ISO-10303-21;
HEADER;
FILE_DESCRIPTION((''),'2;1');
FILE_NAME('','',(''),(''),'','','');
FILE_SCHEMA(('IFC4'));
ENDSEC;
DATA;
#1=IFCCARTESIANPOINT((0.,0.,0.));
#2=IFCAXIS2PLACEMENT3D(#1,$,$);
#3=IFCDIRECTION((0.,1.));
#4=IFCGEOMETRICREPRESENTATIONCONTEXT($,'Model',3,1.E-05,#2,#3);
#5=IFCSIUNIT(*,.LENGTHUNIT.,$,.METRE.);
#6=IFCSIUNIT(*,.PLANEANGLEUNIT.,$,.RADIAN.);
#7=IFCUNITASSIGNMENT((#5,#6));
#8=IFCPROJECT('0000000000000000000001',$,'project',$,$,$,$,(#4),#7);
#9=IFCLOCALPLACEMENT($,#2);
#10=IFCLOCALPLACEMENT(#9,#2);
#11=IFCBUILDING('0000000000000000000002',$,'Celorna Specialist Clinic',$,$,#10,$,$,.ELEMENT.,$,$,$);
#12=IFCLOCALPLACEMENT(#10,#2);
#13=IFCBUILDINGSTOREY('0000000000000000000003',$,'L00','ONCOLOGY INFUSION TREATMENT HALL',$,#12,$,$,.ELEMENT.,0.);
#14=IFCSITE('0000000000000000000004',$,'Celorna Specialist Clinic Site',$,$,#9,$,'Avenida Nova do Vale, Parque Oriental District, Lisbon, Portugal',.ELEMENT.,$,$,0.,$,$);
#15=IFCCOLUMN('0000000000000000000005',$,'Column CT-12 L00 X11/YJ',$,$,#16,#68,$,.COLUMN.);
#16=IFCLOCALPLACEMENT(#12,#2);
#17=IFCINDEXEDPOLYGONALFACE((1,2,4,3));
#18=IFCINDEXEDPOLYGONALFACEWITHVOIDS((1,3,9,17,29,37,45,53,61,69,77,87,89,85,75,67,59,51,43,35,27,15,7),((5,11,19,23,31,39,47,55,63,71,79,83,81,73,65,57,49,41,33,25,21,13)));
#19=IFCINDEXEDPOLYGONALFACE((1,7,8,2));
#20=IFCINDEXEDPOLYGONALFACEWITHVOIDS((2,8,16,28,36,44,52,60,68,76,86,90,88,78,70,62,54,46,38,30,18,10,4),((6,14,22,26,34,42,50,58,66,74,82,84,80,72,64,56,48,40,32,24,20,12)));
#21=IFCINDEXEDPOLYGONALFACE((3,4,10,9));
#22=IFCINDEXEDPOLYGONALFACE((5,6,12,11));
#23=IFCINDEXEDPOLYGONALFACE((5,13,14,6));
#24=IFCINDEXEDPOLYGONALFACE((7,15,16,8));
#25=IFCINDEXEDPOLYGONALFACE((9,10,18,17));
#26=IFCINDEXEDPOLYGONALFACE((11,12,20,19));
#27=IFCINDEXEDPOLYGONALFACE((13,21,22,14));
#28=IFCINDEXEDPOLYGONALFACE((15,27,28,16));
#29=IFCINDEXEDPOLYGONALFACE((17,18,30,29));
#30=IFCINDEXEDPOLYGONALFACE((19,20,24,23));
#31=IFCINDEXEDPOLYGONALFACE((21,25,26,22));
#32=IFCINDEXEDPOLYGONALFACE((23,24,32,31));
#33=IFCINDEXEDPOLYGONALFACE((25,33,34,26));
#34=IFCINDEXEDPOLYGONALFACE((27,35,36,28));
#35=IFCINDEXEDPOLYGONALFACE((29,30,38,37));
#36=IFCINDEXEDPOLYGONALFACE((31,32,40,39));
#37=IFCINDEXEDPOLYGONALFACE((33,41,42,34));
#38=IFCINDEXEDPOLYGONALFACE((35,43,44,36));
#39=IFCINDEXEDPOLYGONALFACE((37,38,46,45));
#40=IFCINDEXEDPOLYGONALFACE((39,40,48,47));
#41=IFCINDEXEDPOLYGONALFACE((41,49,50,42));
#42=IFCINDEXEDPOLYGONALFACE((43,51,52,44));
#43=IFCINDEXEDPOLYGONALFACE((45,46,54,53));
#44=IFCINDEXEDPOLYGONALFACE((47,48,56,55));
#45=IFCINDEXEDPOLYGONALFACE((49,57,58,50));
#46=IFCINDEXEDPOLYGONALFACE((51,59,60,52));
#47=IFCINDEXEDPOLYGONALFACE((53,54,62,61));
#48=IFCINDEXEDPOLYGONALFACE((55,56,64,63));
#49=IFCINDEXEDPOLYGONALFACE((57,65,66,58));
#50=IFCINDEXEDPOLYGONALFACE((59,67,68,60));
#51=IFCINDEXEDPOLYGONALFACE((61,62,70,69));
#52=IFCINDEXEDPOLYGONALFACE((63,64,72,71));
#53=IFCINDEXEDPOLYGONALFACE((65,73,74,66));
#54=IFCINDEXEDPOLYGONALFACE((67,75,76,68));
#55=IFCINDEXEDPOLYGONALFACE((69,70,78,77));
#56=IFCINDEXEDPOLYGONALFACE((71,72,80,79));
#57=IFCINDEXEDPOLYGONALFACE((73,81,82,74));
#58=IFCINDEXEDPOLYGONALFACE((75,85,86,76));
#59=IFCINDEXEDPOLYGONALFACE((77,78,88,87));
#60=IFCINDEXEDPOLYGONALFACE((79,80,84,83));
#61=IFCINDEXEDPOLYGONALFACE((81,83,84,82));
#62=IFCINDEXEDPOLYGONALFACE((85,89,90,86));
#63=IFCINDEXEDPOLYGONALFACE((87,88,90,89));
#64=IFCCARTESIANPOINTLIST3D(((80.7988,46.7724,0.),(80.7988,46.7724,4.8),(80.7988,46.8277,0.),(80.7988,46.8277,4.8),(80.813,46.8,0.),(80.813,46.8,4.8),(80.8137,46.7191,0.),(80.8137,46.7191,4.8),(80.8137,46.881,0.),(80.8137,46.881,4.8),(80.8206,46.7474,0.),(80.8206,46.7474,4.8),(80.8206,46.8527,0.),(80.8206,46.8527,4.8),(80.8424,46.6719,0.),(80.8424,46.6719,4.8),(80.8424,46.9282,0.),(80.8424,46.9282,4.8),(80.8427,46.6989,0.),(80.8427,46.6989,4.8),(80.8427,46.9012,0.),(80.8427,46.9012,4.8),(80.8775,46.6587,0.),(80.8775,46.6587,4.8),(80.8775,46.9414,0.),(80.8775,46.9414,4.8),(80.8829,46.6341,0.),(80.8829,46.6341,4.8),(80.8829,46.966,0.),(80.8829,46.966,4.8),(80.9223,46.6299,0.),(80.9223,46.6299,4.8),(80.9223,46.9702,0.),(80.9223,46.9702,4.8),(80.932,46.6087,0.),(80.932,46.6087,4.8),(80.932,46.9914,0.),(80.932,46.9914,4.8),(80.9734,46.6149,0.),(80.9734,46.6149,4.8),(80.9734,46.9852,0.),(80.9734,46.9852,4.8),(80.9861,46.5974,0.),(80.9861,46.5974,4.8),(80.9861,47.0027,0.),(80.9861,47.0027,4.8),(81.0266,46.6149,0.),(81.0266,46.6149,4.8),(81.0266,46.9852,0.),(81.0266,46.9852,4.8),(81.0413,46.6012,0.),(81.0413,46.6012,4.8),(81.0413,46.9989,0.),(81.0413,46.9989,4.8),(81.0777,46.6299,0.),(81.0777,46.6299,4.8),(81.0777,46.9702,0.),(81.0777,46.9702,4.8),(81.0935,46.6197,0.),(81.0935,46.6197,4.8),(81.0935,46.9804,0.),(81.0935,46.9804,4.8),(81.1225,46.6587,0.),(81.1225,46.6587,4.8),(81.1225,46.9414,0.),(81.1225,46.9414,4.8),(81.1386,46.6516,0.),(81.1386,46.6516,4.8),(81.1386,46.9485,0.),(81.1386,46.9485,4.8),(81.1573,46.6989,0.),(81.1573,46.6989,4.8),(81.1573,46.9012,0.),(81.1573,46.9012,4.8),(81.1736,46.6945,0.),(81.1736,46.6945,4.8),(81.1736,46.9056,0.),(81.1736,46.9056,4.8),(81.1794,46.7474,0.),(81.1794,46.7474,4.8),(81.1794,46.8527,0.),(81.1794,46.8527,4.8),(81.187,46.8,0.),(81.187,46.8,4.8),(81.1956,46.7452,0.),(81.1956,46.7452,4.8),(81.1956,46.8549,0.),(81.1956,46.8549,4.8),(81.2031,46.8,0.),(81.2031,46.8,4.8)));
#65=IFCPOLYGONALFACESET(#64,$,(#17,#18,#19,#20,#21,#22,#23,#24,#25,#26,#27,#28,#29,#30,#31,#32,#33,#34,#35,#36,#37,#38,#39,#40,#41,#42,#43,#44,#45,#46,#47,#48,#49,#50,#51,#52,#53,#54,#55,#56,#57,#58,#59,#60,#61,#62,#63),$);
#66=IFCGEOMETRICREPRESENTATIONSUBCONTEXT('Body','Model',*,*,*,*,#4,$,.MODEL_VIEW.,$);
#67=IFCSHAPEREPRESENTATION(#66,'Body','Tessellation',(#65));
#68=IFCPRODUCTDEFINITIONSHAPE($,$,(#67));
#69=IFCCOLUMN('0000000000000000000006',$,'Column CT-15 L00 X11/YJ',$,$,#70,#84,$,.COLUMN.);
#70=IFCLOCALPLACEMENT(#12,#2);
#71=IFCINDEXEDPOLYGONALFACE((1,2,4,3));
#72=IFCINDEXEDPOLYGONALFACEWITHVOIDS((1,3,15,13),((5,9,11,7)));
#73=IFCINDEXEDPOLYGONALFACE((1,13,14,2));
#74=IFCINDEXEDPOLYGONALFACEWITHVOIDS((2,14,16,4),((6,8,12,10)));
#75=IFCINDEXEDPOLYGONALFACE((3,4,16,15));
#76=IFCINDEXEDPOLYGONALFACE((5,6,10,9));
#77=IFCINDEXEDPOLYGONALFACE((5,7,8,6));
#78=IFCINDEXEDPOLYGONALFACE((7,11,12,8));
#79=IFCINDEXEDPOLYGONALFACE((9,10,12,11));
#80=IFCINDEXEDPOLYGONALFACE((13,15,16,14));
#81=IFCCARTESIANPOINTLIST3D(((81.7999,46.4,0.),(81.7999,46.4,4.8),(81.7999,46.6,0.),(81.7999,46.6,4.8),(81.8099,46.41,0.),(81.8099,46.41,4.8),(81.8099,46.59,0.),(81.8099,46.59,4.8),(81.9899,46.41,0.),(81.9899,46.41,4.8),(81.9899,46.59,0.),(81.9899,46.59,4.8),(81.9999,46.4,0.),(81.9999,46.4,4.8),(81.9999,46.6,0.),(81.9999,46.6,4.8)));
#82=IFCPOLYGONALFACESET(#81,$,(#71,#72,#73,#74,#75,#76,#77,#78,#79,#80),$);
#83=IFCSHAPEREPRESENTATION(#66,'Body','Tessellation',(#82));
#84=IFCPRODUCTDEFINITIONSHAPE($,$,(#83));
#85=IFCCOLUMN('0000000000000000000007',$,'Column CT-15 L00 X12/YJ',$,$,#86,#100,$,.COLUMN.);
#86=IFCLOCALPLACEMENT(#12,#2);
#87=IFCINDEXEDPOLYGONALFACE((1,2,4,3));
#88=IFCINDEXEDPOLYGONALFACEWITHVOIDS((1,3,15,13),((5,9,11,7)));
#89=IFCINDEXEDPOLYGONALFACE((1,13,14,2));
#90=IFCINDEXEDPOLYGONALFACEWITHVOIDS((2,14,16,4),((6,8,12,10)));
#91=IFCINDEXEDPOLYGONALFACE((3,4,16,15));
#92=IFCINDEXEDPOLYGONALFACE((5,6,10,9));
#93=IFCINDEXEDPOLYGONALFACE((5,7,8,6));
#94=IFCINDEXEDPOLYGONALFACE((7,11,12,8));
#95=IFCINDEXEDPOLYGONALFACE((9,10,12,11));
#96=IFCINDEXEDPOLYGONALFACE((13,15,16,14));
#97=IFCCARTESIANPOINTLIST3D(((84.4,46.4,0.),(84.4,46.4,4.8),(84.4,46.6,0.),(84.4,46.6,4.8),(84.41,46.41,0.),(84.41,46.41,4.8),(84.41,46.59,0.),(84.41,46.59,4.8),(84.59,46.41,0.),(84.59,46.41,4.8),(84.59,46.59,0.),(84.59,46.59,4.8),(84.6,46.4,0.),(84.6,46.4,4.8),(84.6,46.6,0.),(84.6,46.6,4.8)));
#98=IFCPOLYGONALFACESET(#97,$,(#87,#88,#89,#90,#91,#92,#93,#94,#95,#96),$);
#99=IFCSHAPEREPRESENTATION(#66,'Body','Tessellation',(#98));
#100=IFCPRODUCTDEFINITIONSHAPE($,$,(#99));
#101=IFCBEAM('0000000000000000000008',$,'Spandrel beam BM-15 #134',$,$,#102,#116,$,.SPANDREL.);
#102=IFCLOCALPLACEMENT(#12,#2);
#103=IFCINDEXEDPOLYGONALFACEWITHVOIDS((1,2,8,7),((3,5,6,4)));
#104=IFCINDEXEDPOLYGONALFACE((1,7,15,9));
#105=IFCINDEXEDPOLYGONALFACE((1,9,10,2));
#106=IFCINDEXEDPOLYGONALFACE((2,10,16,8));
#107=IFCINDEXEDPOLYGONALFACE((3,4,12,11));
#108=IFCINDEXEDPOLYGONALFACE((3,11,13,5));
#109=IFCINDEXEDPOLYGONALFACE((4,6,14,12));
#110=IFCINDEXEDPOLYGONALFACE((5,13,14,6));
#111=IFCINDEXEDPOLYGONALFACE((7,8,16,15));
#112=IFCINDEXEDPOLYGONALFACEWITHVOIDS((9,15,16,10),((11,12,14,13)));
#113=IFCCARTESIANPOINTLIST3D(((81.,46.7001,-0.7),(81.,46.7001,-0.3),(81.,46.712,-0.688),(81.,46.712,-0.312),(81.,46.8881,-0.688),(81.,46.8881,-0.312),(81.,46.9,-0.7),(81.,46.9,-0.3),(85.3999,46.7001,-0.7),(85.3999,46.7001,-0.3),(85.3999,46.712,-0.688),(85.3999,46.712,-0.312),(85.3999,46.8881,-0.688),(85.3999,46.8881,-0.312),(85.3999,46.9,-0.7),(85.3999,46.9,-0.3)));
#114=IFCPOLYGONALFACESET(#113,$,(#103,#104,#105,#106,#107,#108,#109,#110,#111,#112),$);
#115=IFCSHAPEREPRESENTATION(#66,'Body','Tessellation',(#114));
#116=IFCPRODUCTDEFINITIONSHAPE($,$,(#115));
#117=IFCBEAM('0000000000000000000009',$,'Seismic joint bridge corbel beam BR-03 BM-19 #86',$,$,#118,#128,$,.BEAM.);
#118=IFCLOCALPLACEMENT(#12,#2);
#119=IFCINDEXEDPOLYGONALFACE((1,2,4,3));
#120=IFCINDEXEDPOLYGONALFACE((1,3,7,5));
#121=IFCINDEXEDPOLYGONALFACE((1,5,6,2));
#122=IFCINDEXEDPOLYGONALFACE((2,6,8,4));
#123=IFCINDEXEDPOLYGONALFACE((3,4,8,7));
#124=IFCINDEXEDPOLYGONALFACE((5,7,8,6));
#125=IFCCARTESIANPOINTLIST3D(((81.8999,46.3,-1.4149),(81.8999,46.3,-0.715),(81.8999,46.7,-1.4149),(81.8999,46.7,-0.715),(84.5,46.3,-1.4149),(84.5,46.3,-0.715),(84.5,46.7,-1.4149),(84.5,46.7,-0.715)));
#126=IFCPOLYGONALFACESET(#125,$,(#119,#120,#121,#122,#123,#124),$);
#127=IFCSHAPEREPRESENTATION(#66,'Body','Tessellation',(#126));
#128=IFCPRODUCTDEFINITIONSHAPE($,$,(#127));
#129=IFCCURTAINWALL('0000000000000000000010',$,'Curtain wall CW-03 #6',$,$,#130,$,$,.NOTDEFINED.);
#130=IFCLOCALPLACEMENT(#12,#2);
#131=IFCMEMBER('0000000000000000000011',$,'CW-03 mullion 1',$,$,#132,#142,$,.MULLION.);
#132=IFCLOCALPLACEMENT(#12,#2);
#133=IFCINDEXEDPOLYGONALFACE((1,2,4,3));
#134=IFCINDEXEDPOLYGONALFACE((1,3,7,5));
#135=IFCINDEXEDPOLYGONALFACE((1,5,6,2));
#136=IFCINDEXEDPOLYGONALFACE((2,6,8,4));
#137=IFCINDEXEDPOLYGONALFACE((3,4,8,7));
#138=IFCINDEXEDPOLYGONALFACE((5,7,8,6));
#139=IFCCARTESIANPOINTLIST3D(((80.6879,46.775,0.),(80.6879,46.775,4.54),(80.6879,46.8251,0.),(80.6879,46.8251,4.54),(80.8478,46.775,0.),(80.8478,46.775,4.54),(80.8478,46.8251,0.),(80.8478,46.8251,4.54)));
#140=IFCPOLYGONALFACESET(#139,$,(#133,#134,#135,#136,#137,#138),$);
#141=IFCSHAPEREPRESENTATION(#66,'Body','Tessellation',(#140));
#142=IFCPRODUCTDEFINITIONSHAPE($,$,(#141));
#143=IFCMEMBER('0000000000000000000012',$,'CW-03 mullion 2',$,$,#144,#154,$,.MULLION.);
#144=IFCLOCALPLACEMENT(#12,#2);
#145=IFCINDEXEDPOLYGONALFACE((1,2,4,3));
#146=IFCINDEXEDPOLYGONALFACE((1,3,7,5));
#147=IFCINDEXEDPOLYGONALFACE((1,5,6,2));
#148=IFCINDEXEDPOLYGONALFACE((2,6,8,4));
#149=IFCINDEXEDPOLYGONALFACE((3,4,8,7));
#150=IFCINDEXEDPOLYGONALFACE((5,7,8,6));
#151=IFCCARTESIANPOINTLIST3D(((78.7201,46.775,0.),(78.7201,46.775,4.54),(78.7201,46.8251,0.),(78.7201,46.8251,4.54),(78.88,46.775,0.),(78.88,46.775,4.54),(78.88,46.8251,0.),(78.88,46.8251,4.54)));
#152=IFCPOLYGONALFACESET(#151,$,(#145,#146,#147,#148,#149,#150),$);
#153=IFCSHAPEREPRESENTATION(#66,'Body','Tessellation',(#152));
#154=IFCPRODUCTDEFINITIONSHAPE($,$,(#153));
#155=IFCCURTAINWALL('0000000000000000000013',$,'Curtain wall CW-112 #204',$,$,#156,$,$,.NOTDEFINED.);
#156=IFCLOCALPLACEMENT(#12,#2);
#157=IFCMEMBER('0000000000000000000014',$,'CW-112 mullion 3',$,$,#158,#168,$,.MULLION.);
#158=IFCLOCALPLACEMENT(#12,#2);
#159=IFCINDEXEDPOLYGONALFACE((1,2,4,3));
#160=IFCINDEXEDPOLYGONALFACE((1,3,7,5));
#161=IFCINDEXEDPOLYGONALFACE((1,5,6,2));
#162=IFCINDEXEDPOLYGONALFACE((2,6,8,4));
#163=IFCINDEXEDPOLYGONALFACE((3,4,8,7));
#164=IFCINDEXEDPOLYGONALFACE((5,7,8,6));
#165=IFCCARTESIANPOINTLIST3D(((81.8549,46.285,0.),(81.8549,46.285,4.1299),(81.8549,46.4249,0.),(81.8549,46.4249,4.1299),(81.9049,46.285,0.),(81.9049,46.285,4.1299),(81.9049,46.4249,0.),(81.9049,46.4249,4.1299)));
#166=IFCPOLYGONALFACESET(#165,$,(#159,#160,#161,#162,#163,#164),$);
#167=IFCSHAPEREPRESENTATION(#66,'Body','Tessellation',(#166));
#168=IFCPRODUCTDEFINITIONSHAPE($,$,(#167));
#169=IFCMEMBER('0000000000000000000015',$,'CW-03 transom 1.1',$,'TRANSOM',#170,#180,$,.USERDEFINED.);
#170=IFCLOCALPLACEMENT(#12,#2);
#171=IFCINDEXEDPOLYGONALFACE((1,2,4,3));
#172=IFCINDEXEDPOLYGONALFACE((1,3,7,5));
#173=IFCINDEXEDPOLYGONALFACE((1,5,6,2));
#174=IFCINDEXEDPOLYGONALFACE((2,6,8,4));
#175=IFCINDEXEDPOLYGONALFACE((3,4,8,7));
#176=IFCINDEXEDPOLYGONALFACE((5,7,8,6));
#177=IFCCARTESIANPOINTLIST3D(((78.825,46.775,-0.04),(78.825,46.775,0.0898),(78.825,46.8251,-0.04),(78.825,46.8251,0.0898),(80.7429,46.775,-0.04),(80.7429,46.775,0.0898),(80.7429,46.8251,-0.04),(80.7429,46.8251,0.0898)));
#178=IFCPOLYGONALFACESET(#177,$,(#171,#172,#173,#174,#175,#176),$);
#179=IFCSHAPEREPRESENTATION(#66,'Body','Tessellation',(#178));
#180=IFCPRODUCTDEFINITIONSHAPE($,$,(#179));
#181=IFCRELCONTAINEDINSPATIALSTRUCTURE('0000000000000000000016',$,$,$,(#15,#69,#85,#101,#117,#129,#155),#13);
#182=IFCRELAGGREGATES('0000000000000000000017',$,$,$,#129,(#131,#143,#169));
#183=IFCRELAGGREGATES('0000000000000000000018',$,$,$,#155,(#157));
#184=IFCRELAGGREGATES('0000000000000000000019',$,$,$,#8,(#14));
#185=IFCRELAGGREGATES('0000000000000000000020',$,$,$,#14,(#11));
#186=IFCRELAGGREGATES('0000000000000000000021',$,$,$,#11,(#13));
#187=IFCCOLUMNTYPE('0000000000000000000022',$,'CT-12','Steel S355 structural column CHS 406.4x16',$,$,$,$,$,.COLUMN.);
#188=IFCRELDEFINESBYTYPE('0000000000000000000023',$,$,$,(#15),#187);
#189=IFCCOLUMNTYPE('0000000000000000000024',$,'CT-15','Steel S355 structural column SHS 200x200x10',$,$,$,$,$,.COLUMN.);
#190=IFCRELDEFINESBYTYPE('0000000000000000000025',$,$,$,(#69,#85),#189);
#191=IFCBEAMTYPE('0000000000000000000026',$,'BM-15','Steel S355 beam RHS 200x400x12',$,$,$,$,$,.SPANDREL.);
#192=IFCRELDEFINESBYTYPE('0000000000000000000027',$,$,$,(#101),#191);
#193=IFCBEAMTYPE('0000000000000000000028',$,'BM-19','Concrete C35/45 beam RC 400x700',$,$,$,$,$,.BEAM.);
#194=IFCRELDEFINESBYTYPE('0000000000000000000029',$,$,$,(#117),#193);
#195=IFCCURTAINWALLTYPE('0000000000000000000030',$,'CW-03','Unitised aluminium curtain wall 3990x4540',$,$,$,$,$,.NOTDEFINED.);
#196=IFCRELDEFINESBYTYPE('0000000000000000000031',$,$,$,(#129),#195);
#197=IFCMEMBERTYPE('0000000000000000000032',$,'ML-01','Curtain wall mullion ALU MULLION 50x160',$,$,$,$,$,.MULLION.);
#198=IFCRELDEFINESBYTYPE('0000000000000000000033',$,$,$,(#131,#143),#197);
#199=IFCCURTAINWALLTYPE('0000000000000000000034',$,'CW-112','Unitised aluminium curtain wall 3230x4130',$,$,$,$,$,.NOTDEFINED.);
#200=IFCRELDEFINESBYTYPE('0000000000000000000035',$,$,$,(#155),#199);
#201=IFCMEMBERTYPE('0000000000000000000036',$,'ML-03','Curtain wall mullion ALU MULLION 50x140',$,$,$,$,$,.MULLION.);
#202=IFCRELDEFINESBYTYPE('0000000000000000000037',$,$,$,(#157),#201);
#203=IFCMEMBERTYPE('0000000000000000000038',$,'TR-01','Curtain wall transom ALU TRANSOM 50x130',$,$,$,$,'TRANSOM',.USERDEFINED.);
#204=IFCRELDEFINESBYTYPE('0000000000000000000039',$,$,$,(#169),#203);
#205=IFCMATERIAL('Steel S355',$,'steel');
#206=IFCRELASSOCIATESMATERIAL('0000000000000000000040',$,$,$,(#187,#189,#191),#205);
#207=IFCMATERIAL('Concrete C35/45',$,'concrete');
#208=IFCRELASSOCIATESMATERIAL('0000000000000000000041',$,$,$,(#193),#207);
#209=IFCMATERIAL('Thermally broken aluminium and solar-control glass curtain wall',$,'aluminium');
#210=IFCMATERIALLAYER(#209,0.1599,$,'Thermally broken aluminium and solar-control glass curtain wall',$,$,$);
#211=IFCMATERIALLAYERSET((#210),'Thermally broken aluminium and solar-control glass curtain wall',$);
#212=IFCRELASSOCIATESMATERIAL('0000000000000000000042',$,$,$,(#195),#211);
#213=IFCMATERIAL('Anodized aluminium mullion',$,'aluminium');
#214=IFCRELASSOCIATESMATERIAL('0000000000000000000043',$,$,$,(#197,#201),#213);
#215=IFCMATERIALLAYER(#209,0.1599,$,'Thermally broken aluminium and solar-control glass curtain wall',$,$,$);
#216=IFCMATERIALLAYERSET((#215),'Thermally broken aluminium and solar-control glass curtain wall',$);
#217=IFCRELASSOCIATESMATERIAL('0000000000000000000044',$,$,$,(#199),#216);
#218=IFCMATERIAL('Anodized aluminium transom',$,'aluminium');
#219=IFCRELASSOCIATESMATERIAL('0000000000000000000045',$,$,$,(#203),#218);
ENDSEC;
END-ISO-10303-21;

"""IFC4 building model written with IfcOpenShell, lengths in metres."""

from ifc_helpers import new_model, si_unit, direction, frame, origin, origin_2d, place, context, subcontext, project, spatial, rectangle, hollow_rectangle, hollow_circle, extrude, material, layer, layer_set, material_profile, profile_set, type_object, element, aggregate, save


model = new_model("IFC4")

# Units and contexts
model_context = context("Model", 3, precision=1e-05, world=origin(), true_north=direction((0.0, 1.0)))
body_context = subcontext(model_context, "Body", "Model", "MODEL_VIEW")
ifc_project = project(units=[si_unit("LENGTHUNIT", "METRE"), si_unit("PLANEANGLEUNIT", "RADIAN")], contexts=[model_context])

# Site, building, storey
site_placement = place(None, origin())
site = spatial("IfcSite", under=ifc_project, at=site_placement, Name="Celorna Specialist Clinic Site", LongName="Avenida Nova do Vale, Parque Oriental District, Lisbon, Portugal", CompositionType="ELEMENT", RefElevation=0.0)
building_placement = place(site_placement, origin())
building = spatial("IfcBuilding", under=site, at=building_placement, Name="Celorna Specialist Clinic", CompositionType="ELEMENT")
storey_placement = place(building_placement, origin())
storey = spatial("IfcBuildingStorey", under=building, at=storey_placement, Name="L00", Description="ONCOLOGY INFUSION TREATMENT HALL", CompositionType="ELEMENT", Elevation=0.0)

# Columns
ifc_material_1 = material(Name="Steel S355", Category="steel")
ifc_material_profile_1 = material_profile(ifc_material_1, hollow_circle(Radius=0.2031, WallThickness=0.0161, at=origin_2d()), Name="CHS 406.4x16")
ifc_profile_set_1 = profile_set([ifc_material_profile_1], Name="Steel S355")
column_type_1 = type_object("IfcColumnType", Name="CT-12", Description="Steel S355 structural column CHS 406.4x16", PredefinedType="COLUMN", material=ifc_profile_set_1)
column_placement = place(storey_placement, frame((81.0, 46.8, 0.0), z_axis=(0.0, 0.0, 1.0), x_axis=(1.0, 0.0, 0.0)))
element("IfcColumn", 1, at=column_placement, inside=storey, type_object=column_type_1, Name="Column CT-12 L00 X11/YJ", PredefinedType="COLUMN", context=body_context, shape_type="SweptSolid", body=[
    extrude(hollow_circle(Radius=0.2031, WallThickness=0.0161, at=origin_2d()), origin(), (0.0, 0.0, 1.0), 4.8),
])
ifc_material_profile_2 = material_profile(ifc_material_1, hollow_rectangle(XDim=0.2, YDim=0.2, WallThickness=0.01, at=origin_2d()), Name="SHS 200x200x10")
ifc_profile_set_2 = profile_set([ifc_material_profile_2], Name="Steel S355")
column_type_2 = type_object("IfcColumnType", Name="CT-15", Description="Steel S355 structural column SHS 200x200x10", PredefinedType="COLUMN", material=ifc_profile_set_2)
for number, where, z_axis, x_axis, name in (
    (2, (81.8999, 46.5, 0.0), (0.0, 0.0, 1.0), (1.0, 0.0, 0.0), "Column CT-15 L00 X11/YJ"),
    (3, (84.5, 46.5, 0.0), (0.0, 0.0, 1.0), (1.0, 0.0, 0.0), "Column CT-15 L00 X12/YJ"),
):
    element("IfcColumn", number, at=place(storey_placement, frame(where, z_axis=z_axis, x_axis=x_axis)), inside=storey, type_object=column_type_2, Name=name, PredefinedType="COLUMN", context=body_context, shape_type="SweptSolid", body=[
        extrude(hollow_rectangle(XDim=0.2, YDim=0.2, WallThickness=0.01, at=origin_2d()), origin(), (0.0, 0.0, 1.0), 4.8),
    ])

# Beams
ifc_material_profile_3 = material_profile(ifc_material_1, hollow_rectangle(XDim=0.2, YDim=0.3999, WallThickness=0.012, at=origin_2d()), Name="RHS 200x400x12")
ifc_profile_set_3 = profile_set([ifc_material_profile_3], Name="Steel S355")
beam_type_1 = type_object("IfcBeamType", Name="BM-15", Description="Steel S355 beam RHS 200x400x12", PredefinedType="SPANDREL", material=ifc_profile_set_3)
beam_1_placement = place(storey_placement, frame((81.0, 46.8, -0.5), z_axis=(1.0, 0.0, 0.0), x_axis=(0.0, 1.0, 0.0)))
element("IfcBeam", 4, at=beam_1_placement, inside=storey, type_object=beam_type_1, Name="Spandrel beam BM-15 #134", PredefinedType="SPANDREL", context=body_context, shape_type="SweptSolid", body=[
    extrude(hollow_rectangle(XDim=0.2, YDim=0.3999, WallThickness=0.012, at=origin_2d()), origin(), (0.0, 0.0, 1.0), 4.3999),
])
ifc_material_2 = material(Name="Concrete C35/45", Category="concrete")
ifc_material_profile_4 = material_profile(ifc_material_2, rectangle(XDim=0.3999, YDim=0.7, at=origin_2d()), Name="RC 400x700")
ifc_profile_set_4 = profile_set([ifc_material_profile_4], Name="Concrete C35/45")
beam_type_2 = type_object("IfcBeamType", Name="BM-19", Description="Concrete C35/45 beam RC 400x700", PredefinedType="BEAM", material=ifc_profile_set_4)
beam_2_placement = place(storey_placement, frame((81.8999, 46.5, -1.0649), z_axis=(1.0, 0.0, 0.0), x_axis=(0.0, 1.0, 0.0)))
element("IfcBeam", 5, at=beam_2_placement, inside=storey, type_object=beam_type_2, Name="Seismic joint bridge corbel beam BR-03 BM-19 #86", PredefinedType="BEAM", context=body_context, shape_type="SweptSolid", body=[
    extrude(rectangle(XDim=0.3999, YDim=0.7, at=origin_2d()), origin(), (0.0, 0.0, 1.0), 2.6001),
])

# Curtain wall, members
ifc_material_3 = material(Name="Thermally broken aluminium and solar-control glass curtain wall", Category="aluminium")
ifc_layer_1 = layer(ifc_material_3, 0.1599, Name="Thermally broken aluminium and solar-control glass curtain wall")
ifc_layer_set_1 = layer_set([ifc_layer_1], Name="Thermally broken aluminium and solar-control glass curtain wall")
curtain_wall_type_1 = type_object("IfcCurtainWallType", Name="CW-03", Description="Unitised aluminium curtain wall 3990x4540", PredefinedType="NOTDEFINED", material=ifc_layer_set_1)
curtain_wall_1_placement = place(storey_placement, origin())
curtain_wall_1 = element("IfcCurtainWall", 6, at=curtain_wall_1_placement, inside=storey, type_object=curtain_wall_type_1, Name="Curtain wall CW-03 #6", PredefinedType="NOTDEFINED")
ifc_material_4 = material(Name="Anodized aluminium mullion", Category="aluminium")
ifc_material_profile_5 = material_profile(ifc_material_4, rectangle(XDim=0.05, YDim=0.1599, at=origin_2d()), Name="ALU MULLION 50x160")
ifc_profile_set_5 = profile_set([ifc_material_profile_5], Name="Anodized aluminium mullion")
member_type_1 = type_object("IfcMemberType", Name="ML-01", Description="Curtain wall mullion ALU MULLION 50x160", PredefinedType="MULLION", material=ifc_profile_set_5)
member_1_placement = place(storey_placement, frame((80.7678, 46.8, 0.0), z_axis=(0.0, 0.0, 1.0), x_axis=(0.0, -1.0, 0.0)))
member_1 = element("IfcMember", 7, at=member_1_placement, type_object=member_type_1, Name="CW-03 mullion 1", PredefinedType="MULLION", context=body_context, shape_type="SweptSolid", body=[
    extrude(rectangle(XDim=0.05, YDim=0.1599, at=origin_2d()), origin(), (0.0, 0.0, 1.0), 4.54),
])
member_2_placement = place(storey_placement, frame((78.8, 46.8, 0.0), z_axis=(0.0, 0.0, 1.0), x_axis=(0.0, -1.0, 0.0)))
member_2 = element("IfcMember", 8, at=member_2_placement, type_object=member_type_1, Name="CW-03 mullion 2", PredefinedType="MULLION", context=body_context, shape_type="SweptSolid", body=[
    extrude(rectangle(XDim=0.05, YDim=0.1599, at=origin_2d()), origin(), (0.0, 0.0, 1.0), 4.54),
])

# Curtain wall, member
ifc_layer_2 = layer(ifc_material_3, 0.1599, Name="Thermally broken aluminium and solar-control glass curtain wall")
ifc_layer_set_2 = layer_set([ifc_layer_2], Name="Thermally broken aluminium and solar-control glass curtain wall")
curtain_wall_type_2 = type_object("IfcCurtainWallType", Name="CW-112", Description="Unitised aluminium curtain wall 3230x4130", PredefinedType="NOTDEFINED", material=ifc_layer_set_2)
curtain_wall_2_placement = place(storey_placement, origin())
curtain_wall_2 = element("IfcCurtainWall", 9, at=curtain_wall_2_placement, inside=storey, type_object=curtain_wall_type_2, Name="Curtain wall CW-112 #204", PredefinedType="NOTDEFINED")
ifc_material_profile_6 = material_profile(ifc_material_4, rectangle(XDim=0.05, YDim=0.1399, at=origin_2d()), Name="ALU MULLION 50x140")
ifc_profile_set_6 = profile_set([ifc_material_profile_6], Name="Anodized aluminium mullion")
member_type_2 = type_object("IfcMemberType", Name="ML-03", Description="Curtain wall mullion ALU MULLION 50x140", PredefinedType="MULLION", material=ifc_profile_set_6)
member_3_placement = place(storey_placement, frame((81.8799, 46.355, 0.0), z_axis=(0.0, 0.0, 1.0), x_axis=(-1.0, 0.0, 0.0)))
member_3 = element("IfcMember", 10, at=member_3_placement, type_object=member_type_2, Name="CW-112 mullion 3", PredefinedType="MULLION", context=body_context, shape_type="SweptSolid", body=[
    extrude(rectangle(XDim=0.05, YDim=0.1399, at=origin_2d()), origin(), (0.0, 0.0, 1.0), 4.1299),
])

# Member
ifc_material_5 = material(Name="Anodized aluminium transom", Category="aluminium")
ifc_material_profile_7 = material_profile(ifc_material_5, rectangle(XDim=0.05, YDim=0.1299, at=origin_2d()), Name="ALU TRANSOM 50x130")
ifc_profile_set_7 = profile_set([ifc_material_profile_7], Name="Anodized aluminium transom")
member_type_3 = type_object("IfcMemberType", Name="TR-01", Description="Curtain wall transom ALU TRANSOM 50x130", ElementType="TRANSOM", PredefinedType="USERDEFINED", material=ifc_profile_set_7)
member_4_placement = place(storey_placement, frame((80.7429, 46.8, 0.0249), z_axis=(-1.0, 0.0, 0.0), x_axis=(0.0, -1.0, 0.0)))
member_4 = element("IfcMember", 11, at=member_4_placement, type_object=member_type_3, Name="CW-03 transom 1.1", ObjectType="TRANSOM", PredefinedType="USERDEFINED", context=body_context, shape_type="SweptSolid", body=[
    extrude(rectangle(XDim=0.05, YDim=0.1299, at=origin_2d()), origin(), (0.0, 0.0, 1.0), 1.918),
])

aggregate(curtain_wall_1, [member_1, member_2, member_4])
aggregate(curtain_wall_2, [member_3])

save(model, "model.ifc")
